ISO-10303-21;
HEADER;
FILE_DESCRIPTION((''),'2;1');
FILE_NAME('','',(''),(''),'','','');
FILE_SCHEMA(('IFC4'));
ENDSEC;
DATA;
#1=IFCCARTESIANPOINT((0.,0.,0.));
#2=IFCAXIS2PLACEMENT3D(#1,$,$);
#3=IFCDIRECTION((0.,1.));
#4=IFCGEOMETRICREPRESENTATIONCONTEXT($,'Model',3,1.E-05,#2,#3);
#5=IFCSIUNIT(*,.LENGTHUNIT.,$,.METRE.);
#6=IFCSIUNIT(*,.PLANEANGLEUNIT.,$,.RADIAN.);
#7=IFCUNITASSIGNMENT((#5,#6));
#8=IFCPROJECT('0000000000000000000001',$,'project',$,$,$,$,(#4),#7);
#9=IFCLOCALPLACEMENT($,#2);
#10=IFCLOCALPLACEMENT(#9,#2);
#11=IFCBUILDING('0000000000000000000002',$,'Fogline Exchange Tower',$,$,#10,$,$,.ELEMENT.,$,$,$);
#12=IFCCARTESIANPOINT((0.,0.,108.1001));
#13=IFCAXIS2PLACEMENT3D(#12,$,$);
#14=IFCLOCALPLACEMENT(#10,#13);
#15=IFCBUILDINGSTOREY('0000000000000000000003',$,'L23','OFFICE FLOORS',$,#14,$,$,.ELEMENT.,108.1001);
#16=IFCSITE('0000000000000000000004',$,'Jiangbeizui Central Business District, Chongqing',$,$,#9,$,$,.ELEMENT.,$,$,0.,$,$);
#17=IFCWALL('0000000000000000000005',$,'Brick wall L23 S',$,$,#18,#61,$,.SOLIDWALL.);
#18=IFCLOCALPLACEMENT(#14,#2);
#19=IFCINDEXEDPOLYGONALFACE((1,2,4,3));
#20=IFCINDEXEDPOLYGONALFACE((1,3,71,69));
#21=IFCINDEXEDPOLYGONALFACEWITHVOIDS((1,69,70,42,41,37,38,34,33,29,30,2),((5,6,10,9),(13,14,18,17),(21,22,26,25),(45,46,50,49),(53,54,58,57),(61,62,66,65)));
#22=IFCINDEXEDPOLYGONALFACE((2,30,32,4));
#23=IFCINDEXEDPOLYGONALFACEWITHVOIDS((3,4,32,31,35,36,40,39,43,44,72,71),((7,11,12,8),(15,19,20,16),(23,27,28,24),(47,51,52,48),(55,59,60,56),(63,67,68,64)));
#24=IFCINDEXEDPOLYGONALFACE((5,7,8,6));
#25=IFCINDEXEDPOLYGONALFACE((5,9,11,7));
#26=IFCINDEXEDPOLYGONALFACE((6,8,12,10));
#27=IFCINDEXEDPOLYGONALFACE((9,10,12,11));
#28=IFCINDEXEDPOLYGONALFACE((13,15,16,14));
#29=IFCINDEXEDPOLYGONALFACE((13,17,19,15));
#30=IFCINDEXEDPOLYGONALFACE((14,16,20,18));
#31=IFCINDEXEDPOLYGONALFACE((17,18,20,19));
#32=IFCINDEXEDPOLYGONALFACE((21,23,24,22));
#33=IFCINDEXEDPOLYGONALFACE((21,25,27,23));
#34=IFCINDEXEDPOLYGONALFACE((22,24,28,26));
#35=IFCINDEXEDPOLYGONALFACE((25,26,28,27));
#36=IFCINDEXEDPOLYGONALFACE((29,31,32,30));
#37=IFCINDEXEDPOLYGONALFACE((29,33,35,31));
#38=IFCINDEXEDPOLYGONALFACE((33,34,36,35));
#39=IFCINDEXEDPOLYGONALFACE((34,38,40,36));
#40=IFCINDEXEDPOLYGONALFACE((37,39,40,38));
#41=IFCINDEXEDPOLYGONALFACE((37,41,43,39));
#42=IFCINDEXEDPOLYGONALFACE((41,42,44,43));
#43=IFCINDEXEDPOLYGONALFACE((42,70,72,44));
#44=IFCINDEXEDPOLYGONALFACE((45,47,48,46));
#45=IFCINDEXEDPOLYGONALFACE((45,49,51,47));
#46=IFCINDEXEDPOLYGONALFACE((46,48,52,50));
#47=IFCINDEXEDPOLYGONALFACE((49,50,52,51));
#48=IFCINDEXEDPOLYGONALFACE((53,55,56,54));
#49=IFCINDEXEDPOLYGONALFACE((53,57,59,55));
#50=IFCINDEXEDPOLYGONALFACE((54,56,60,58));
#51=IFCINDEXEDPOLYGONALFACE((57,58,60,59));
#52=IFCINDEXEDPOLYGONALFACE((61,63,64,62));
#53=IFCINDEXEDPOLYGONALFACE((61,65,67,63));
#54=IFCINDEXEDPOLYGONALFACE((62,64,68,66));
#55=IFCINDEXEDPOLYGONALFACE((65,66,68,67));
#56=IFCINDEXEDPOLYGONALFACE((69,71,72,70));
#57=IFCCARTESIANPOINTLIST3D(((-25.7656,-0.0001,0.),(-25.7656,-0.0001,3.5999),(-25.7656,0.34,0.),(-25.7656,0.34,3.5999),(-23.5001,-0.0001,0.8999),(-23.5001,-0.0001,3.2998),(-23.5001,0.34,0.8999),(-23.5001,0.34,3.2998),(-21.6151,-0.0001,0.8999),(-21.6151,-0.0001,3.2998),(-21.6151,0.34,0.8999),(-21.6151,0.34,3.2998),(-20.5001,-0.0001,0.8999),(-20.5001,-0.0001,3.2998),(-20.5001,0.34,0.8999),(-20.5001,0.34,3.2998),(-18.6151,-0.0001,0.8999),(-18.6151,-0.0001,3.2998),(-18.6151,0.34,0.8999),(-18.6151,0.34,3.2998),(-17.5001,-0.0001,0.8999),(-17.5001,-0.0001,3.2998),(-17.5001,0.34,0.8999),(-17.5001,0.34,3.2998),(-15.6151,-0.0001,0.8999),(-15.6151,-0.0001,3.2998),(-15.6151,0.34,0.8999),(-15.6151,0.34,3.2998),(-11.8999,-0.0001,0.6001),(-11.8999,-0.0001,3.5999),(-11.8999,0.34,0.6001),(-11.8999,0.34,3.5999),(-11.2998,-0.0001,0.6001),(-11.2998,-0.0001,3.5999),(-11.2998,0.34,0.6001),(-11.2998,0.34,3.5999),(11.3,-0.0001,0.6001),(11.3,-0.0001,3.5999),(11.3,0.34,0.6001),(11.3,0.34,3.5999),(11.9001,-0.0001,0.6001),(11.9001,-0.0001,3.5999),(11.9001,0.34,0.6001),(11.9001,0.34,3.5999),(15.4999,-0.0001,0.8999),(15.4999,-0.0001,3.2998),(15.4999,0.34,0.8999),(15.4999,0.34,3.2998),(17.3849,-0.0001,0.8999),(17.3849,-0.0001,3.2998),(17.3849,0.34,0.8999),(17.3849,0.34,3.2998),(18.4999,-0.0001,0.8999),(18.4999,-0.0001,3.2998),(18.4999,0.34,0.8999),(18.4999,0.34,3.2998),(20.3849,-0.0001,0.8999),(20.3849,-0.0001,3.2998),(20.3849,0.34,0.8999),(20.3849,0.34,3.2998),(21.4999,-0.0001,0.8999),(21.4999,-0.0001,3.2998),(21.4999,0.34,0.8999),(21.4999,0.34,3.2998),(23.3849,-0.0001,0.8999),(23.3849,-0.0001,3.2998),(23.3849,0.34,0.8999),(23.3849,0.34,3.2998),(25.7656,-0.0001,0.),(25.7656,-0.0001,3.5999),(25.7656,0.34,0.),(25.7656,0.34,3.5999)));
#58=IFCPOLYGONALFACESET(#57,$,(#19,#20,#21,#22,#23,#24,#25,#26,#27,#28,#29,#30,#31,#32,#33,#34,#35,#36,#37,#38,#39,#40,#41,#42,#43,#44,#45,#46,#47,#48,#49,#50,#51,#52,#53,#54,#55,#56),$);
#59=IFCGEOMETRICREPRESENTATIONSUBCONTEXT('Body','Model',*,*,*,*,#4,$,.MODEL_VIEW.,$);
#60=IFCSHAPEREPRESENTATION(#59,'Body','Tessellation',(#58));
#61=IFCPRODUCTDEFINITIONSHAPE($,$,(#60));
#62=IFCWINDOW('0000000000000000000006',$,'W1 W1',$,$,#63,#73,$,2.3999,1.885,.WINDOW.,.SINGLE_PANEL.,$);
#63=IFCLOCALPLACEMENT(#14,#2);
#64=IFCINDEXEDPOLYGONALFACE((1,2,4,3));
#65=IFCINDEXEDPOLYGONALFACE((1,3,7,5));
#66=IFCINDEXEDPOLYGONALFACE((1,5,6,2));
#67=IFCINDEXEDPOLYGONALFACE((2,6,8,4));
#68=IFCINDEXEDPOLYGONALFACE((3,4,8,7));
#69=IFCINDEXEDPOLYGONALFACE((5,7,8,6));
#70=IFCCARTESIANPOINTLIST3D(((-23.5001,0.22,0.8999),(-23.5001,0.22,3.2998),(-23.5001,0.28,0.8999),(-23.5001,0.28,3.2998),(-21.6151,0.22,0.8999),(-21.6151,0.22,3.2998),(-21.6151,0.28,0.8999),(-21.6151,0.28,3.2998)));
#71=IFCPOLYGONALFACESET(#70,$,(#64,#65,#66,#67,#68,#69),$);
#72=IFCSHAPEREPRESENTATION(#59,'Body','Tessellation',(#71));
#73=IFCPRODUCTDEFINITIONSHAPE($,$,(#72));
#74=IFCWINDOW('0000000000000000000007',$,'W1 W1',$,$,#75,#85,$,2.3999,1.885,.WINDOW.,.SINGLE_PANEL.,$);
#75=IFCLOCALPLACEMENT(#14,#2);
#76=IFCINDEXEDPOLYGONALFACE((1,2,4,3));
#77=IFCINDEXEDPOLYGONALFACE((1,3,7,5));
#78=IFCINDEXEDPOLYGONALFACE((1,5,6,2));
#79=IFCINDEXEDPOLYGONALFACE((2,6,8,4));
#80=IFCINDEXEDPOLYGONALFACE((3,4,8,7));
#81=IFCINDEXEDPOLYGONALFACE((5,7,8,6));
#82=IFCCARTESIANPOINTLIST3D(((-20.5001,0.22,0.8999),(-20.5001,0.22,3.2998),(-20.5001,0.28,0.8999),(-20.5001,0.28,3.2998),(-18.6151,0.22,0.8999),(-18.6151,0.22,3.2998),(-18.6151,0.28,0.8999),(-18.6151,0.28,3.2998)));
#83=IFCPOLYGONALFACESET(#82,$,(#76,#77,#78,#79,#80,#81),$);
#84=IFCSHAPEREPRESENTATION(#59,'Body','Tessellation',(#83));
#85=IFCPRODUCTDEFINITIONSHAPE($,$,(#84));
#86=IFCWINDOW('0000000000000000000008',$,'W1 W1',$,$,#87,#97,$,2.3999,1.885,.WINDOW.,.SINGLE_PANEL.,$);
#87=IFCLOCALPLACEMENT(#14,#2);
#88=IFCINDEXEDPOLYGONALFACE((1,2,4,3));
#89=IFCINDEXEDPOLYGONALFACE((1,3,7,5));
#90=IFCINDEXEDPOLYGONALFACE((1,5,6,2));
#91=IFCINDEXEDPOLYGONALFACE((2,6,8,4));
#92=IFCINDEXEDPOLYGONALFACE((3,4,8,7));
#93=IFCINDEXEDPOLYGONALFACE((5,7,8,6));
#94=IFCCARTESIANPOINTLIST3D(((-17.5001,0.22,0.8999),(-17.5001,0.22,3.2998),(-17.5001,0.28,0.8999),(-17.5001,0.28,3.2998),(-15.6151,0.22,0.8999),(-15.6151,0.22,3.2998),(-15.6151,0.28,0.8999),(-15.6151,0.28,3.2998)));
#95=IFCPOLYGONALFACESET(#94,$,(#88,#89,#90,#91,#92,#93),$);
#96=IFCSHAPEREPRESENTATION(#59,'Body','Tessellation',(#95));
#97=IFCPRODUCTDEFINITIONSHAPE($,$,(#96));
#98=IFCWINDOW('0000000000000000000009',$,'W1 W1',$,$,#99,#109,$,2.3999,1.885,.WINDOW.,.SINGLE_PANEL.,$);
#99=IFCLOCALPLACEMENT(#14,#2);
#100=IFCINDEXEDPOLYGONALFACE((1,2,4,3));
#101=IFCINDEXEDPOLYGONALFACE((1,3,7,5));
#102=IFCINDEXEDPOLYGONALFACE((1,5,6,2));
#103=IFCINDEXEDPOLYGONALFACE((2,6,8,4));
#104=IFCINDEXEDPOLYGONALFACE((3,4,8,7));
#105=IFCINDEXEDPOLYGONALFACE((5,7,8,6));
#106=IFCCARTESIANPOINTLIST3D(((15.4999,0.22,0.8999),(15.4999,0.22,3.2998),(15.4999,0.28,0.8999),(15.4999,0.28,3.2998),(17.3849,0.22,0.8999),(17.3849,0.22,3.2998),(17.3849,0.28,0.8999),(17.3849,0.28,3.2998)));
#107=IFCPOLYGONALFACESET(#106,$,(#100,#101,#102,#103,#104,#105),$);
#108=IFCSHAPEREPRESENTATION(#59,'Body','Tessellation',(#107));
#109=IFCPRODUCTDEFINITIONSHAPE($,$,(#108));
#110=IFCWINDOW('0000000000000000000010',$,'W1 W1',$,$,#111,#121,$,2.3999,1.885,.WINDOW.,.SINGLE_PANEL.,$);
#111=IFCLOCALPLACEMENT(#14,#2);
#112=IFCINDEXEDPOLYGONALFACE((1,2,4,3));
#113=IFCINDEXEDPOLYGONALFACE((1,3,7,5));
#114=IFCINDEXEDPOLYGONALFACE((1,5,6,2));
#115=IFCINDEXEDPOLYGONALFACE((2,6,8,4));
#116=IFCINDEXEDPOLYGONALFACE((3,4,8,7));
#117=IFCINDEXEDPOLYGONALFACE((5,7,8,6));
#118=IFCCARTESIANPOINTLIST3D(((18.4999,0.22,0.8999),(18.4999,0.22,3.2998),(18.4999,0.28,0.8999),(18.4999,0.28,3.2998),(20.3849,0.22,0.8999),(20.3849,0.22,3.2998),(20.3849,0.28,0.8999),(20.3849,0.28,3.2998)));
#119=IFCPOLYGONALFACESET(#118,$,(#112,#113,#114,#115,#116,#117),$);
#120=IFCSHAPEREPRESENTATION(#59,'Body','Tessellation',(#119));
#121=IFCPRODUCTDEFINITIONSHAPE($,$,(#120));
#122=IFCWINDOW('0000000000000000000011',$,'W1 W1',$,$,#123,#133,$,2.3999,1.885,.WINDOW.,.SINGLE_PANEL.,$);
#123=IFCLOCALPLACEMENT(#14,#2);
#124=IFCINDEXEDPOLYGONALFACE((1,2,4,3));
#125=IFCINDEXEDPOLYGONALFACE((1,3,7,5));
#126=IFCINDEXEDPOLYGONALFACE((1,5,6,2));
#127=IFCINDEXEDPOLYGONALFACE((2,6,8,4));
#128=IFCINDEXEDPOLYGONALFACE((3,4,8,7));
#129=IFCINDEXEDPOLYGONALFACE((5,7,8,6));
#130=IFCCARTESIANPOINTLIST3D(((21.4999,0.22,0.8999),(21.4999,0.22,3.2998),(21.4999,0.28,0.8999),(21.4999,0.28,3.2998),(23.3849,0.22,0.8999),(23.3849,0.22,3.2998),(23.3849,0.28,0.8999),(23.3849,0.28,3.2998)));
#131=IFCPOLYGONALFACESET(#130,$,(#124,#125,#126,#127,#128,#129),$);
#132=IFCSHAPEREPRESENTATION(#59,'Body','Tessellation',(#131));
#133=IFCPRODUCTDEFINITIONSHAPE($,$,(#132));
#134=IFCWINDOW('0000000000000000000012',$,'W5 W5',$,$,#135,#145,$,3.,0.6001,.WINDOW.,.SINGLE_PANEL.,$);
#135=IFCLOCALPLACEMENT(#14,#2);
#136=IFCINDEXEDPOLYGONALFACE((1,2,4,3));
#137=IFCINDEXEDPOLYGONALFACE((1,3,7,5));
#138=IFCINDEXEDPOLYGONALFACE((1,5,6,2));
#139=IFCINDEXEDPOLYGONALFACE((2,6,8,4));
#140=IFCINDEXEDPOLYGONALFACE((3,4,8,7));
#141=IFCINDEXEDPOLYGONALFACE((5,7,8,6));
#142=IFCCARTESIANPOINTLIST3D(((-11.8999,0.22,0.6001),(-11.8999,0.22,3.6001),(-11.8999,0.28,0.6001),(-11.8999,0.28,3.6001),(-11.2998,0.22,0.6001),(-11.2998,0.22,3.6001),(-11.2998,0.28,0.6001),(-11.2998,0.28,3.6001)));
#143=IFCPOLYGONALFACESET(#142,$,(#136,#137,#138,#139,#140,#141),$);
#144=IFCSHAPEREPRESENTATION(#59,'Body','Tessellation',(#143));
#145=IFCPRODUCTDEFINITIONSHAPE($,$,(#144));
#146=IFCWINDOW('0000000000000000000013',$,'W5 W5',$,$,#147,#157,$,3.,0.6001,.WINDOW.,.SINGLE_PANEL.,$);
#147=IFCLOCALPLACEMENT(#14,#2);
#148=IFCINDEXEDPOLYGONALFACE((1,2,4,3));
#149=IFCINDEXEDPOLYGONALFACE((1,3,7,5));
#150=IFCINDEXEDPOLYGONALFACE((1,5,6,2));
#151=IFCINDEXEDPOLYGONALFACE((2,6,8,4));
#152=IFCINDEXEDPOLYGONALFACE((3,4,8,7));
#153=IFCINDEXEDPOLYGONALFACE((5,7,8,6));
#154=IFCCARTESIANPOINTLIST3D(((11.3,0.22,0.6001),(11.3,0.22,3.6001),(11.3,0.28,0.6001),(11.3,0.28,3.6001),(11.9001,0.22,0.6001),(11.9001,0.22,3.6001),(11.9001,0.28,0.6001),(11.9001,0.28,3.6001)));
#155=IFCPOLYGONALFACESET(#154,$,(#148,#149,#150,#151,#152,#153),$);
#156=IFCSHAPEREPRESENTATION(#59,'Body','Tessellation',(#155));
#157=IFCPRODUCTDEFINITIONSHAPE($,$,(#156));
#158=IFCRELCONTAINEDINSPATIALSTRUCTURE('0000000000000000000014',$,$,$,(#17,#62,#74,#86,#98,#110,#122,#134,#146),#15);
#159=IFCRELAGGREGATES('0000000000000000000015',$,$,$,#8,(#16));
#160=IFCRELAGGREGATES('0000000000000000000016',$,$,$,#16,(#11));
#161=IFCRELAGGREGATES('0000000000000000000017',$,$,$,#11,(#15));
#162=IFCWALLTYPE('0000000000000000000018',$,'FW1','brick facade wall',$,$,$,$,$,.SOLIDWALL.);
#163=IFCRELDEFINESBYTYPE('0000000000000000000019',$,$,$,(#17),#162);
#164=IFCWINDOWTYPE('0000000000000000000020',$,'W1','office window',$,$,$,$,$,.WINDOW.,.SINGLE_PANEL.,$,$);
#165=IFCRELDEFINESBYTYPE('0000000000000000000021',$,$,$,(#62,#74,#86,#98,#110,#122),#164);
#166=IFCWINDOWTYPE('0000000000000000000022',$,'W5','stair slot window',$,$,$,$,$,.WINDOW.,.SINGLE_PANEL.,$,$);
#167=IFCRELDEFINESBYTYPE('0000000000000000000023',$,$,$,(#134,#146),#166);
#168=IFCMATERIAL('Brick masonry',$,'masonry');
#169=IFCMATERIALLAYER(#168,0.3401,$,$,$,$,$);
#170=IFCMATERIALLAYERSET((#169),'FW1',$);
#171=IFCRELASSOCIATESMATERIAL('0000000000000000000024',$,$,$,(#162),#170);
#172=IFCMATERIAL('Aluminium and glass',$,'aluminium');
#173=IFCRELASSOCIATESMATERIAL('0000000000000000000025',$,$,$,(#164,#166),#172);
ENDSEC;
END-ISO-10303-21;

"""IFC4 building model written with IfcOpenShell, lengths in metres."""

from ifc_helpers import new_model, si_unit, direction, frame, frame_2d, origin, place, context, subcontext, project, spatial, rectangle, extrude, material, layer, layer_set, type_object, element, fill, save


model = new_model("IFC4")

# Units and contexts
model_context = context("Model", 3, precision=1e-05, world=origin(), true_north=direction((0.0, 1.0)))
body_context = subcontext(model_context, "Body", "Model", "MODEL_VIEW")
ifc_project = project(units=[si_unit("LENGTHUNIT", "METRE"), si_unit("PLANEANGLEUNIT", "RADIAN")], contexts=[model_context])

# Site, building, storey
site_placement = place(None, origin())
site = spatial("IfcSite", under=ifc_project, at=site_placement, Name="Jiangbeizui Central Business District, Chongqing", CompositionType="ELEMENT", RefElevation=0.0)
building_placement = place(site_placement, origin())
building = spatial("IfcBuilding", under=site, at=building_placement, Name="Fogline Exchange Tower", CompositionType="ELEMENT")
storey_placement = place(building_placement, frame((0.0, 0.0, 108.1001)))
storey = spatial("IfcBuildingStorey", under=building, at=storey_placement, Name="L23", Description="OFFICE FLOORS", CompositionType="ELEMENT", Elevation=108.1001)

# Shared definitions
ifc_material_1 = material(Name="Brick masonry", Category="masonry")
ifc_layer = layer(ifc_material_1, 0.3401)
ifc_layer_set = layer_set([ifc_layer], Name="FW1")
wall_type = type_object("IfcWallType", Name="FW1", Description="brick facade wall", PredefinedType="SOLIDWALL", material=ifc_layer_set)
ifc_material_2 = material(Name="Aluminium and glass", Category="aluminium")

# Wall, openings, windows
wall_1_placement = place(storey_placement, frame((-25.7656, 0.1699, 0.0), z_axis=(0.0, 0.0, 1.0), x_axis=(1.0, 0.0, 0.0)))
wall_1 = element("IfcWall", 1, at=wall_1_placement, inside=storey, type_object=wall_type, Name="Brick wall L23 S", PredefinedType="SOLIDWALL", context=body_context, shape_type="SweptSolid", body=[
    extrude(rectangle(XDim=51.5312, YDim=0.3401, at=frame_2d((25.7656, 0.0))), origin(), (0.0, 0.0, 1.0), 3.5999),
])
opening_1_placement = place(wall_1_placement, frame((2.2656, 0.0, 0.8999)))
opening_1 = element("IfcOpeningElement", 2, at=opening_1_placement, cuts=wall_1, PredefinedType="OPENING", context=body_context, shape_type="SweptSolid", body=[
    extrude(rectangle(XDim=1.885, YDim=2.3999, at=frame_2d((0.9424, 1.2))), frame((0.0, 0.1802, 0.0), z_axis=(0.0, -1.0, 0.0), x_axis=(1.0, 0.0, 0.0)), (0.0, 0.0, 1.0), 0.3601),
])
opening_2_placement = place(wall_1_placement, frame((5.2656, 0.0, 0.8999)))
opening_2 = element("IfcOpeningElement", 3, at=opening_2_placement, cuts=wall_1, PredefinedType="OPENING", context=body_context, shape_type="SweptSolid", body=[
    extrude(rectangle(XDim=1.885, YDim=2.3999, at=frame_2d((0.9424, 1.2))), frame((0.0, 0.1802, 0.0), z_axis=(0.0, -1.0, 0.0), x_axis=(1.0, 0.0, 0.0)), (0.0, 0.0, 1.0), 0.3601),
])
opening_3_placement = place(wall_1_placement, frame((8.2656, 0.0, 0.8999)))
opening_3 = element("IfcOpeningElement", 4, at=opening_3_placement, cuts=wall_1, PredefinedType="OPENING", context=body_context, shape_type="SweptSolid", body=[
    extrude(rectangle(XDim=1.885, YDim=2.3999, at=frame_2d((0.9424, 1.2))), frame((0.0, 0.1802, 0.0), z_axis=(0.0, -1.0, 0.0), x_axis=(1.0, 0.0, 0.0)), (0.0, 0.0, 1.0), 0.3601),
])
opening_4_placement = place(wall_1_placement, frame((41.2656, 0.0, 0.8999)))
opening_4 = element("IfcOpeningElement", 5, at=opening_4_placement, cuts=wall_1, PredefinedType="OPENING", context=body_context, shape_type="SweptSolid", body=[
    extrude(rectangle(XDim=1.885, YDim=2.3999, at=frame_2d((0.9424, 1.2))), frame((0.0, 0.1802, 0.0), z_axis=(0.0, -1.0, 0.0), x_axis=(1.0, 0.0, 0.0)), (0.0, 0.0, 1.0), 0.3601),
])
opening_5_placement = place(wall_1_placement, frame((44.2656, 0.0, 0.8999)))
opening_5 = element("IfcOpeningElement", 6, at=opening_5_placement, cuts=wall_1, PredefinedType="OPENING", context=body_context, shape_type="SweptSolid", body=[
    extrude(rectangle(XDim=1.885, YDim=2.3999, at=frame_2d((0.9424, 1.2))), frame((0.0, 0.1802, 0.0), z_axis=(0.0, -1.0, 0.0), x_axis=(1.0, 0.0, 0.0)), (0.0, 0.0, 1.0), 0.3601),
])
opening_6_placement = place(wall_1_placement, frame((47.2656, 0.0, 0.8999)))
opening_6 = element("IfcOpeningElement", 7, at=opening_6_placement, cuts=wall_1, PredefinedType="OPENING", context=body_context, shape_type="SweptSolid", body=[
    extrude(rectangle(XDim=1.885, YDim=2.3999, at=frame_2d((0.9424, 1.2))), frame((0.0, 0.1802, 0.0), z_axis=(0.0, -1.0, 0.0), x_axis=(1.0, 0.0, 0.0)), (0.0, 0.0, 1.0), 0.3601),
])
opening_7_placement = place(wall_1_placement, frame((13.8657, 0.0, 0.6001)))
opening_7 = element("IfcOpeningElement", 8, at=opening_7_placement, cuts=wall_1, PredefinedType="OPENING", context=body_context, shape_type="SweptSolid", body=[
    extrude(rectangle(XDim=0.6001, YDim=3.0, at=frame_2d((0.3, 1.5))), frame((0.0, 0.1802, 0.0), z_axis=(0.0, -1.0, 0.0), x_axis=(1.0, 0.0, 0.0)), (0.0, 0.0, 1.0), 0.3601),
])
opening_8_placement = place(wall_1_placement, frame((37.0657, 0.0, 0.6001)))
opening_8 = element("IfcOpeningElement", 9, at=opening_8_placement, cuts=wall_1, PredefinedType="OPENING", context=body_context, shape_type="SweptSolid", body=[
    extrude(rectangle(XDim=0.6001, YDim=3.0, at=frame_2d((0.3, 1.5))), frame((0.0, 0.1802, 0.0), z_axis=(0.0, -1.0, 0.0), x_axis=(1.0, 0.0, 0.0)), (0.0, 0.0, 1.0), 0.3601),
])
window_type_1 = type_object("IfcWindowType", Name="W1", Description="office window", PartitioningType="SINGLE_PANEL", PredefinedType="WINDOW", material=ifc_material_2)
window_1_placement = place(opening_1_placement, origin())
window_1 = element("IfcWindow", 10, at=window_1_placement, inside=storey, type_object=window_type_1, Name="W1 W1", OverallHeight=2.3999, OverallWidth=1.885, PartitioningType="SINGLE_PANEL", PredefinedType="WINDOW", context=body_context, shape_type="SweptSolid", body=[
    extrude(rectangle(XDim=1.885, YDim=2.3999, at=frame_2d((0.9424, 1.2))), frame((0.0, 0.1101, 0.0), z_axis=(0.0, -1.0, 0.0), x_axis=(1.0, 0.0, 0.0)), (0.0, 0.0, 1.0), 0.0601),
])
fill(opening_1, window_1)
window_2_placement = place(opening_2_placement, origin())
window_2 = element("IfcWindow", 11, at=window_2_placement, inside=storey, type_object=window_type_1, Name="W1 W1", OverallHeight=2.3999, OverallWidth=1.885, PartitioningType="SINGLE_PANEL", PredefinedType="WINDOW", context=body_context, shape_type="SweptSolid", body=[
    extrude(rectangle(XDim=1.885, YDim=2.3999, at=frame_2d((0.9424, 1.2))), frame((0.0, 0.1101, 0.0), z_axis=(0.0, -1.0, 0.0), x_axis=(1.0, 0.0, 0.0)), (0.0, 0.0, 1.0), 0.0601),
])
fill(opening_2, window_2)
window_3_placement = place(opening_3_placement, origin())
window_3 = element("IfcWindow", 12, at=window_3_placement, inside=storey, type_object=window_type_1, Name="W1 W1", OverallHeight=2.3999, OverallWidth=1.885, PartitioningType="SINGLE_PANEL", PredefinedType="WINDOW", context=body_context, shape_type="SweptSolid", body=[
    extrude(rectangle(XDim=1.885, YDim=2.3999, at=frame_2d((0.9424, 1.2))), frame((0.0, 0.1101, 0.0), z_axis=(0.0, -1.0, 0.0), x_axis=(1.0, 0.0, 0.0)), (0.0, 0.0, 1.0), 0.0601),
])
fill(opening_3, window_3)
window_4_placement = place(opening_4_placement, origin())
window_4 = element("IfcWindow", 13, at=window_4_placement, inside=storey, type_object=window_type_1, Name="W1 W1", OverallHeight=2.3999, OverallWidth=1.885, PartitioningType="SINGLE_PANEL", PredefinedType="WINDOW", context=body_context, shape_type="SweptSolid", body=[
    extrude(rectangle(XDim=1.885, YDim=2.3999, at=frame_2d((0.9424, 1.2))), frame((0.0, 0.1101, 0.0), z_axis=(0.0, -1.0, 0.0), x_axis=(1.0, 0.0, 0.0)), (0.0, 0.0, 1.0), 0.0601),
])
fill(opening_4, window_4)
window_5_placement = place(opening_5_placement, origin())
window_5 = element("IfcWindow", 14, at=window_5_placement, inside=storey, type_object=window_type_1, Name="W1 W1", OverallHeight=2.3999, OverallWidth=1.885, PartitioningType="SINGLE_PANEL", PredefinedType="WINDOW", context=body_context, shape_type="SweptSolid", body=[
    extrude(rectangle(XDim=1.885, YDim=2.3999, at=frame_2d((0.9424, 1.2))), frame((0.0, 0.1101, 0.0), z_axis=(0.0, -1.0, 0.0), x_axis=(1.0, 0.0, 0.0)), (0.0, 0.0, 1.0), 0.0601),
])
fill(opening_5, window_5)
window_6_placement = place(opening_6_placement, origin())
window_6 = element("IfcWindow", 15, at=window_6_placement, inside=storey, type_object=window_type_1, Name="W1 W1", OverallHeight=2.3999, OverallWidth=1.885, PartitioningType="SINGLE_PANEL", PredefinedType="WINDOW", context=body_context, shape_type="SweptSolid", body=[
    extrude(rectangle(XDim=1.885, YDim=2.3999, at=frame_2d((0.9424, 1.2))), frame((0.0, 0.1101, 0.0), z_axis=(0.0, -1.0, 0.0), x_axis=(1.0, 0.0, 0.0)), (0.0, 0.0, 1.0), 0.0601),
])
fill(opening_6, window_6)
window_type_2 = type_object("IfcWindowType", Name="W5", Description="stair slot window", PartitioningType="SINGLE_PANEL", PredefinedType="WINDOW", material=ifc_material_2)
window_7_placement = place(opening_7_placement, origin())
window_7 = element("IfcWindow", 16, at=window_7_placement, inside=storey, type_object=window_type_2, Name="W5 W5", OverallHeight=3.0, OverallWidth=0.6001, PartitioningType="SINGLE_PANEL", PredefinedType="WINDOW", context=body_context, shape_type="SweptSolid", body=[
    extrude(rectangle(XDim=0.6001, YDim=3.0, at=frame_2d((0.3, 1.5))), frame((0.0, 0.1101, 0.0), z_axis=(0.0, -1.0, 0.0), x_axis=(1.0, 0.0, 0.0)), (0.0, 0.0, 1.0), 0.0601),
])
fill(opening_7, window_7)
window_8_placement = place(opening_8_placement, origin())
window_8 = element("IfcWindow", 17, at=window_8_placement, inside=storey, type_object=window_type_2, Name="W5 W5", OverallHeight=3.0, OverallWidth=0.6001, PartitioningType="SINGLE_PANEL", PredefinedType="WINDOW", context=body_context, shape_type="SweptSolid", body=[
    extrude(rectangle(XDim=0.6001, YDim=3.0, at=frame_2d((0.3, 1.5))), frame((0.0, 0.1101, 0.0), z_axis=(0.0, -1.0, 0.0), x_axis=(1.0, 0.0, 0.0)), (0.0, 0.0, 1.0), 0.0601),
])
fill(opening_8, window_8)

save(model, "model.ifc")
